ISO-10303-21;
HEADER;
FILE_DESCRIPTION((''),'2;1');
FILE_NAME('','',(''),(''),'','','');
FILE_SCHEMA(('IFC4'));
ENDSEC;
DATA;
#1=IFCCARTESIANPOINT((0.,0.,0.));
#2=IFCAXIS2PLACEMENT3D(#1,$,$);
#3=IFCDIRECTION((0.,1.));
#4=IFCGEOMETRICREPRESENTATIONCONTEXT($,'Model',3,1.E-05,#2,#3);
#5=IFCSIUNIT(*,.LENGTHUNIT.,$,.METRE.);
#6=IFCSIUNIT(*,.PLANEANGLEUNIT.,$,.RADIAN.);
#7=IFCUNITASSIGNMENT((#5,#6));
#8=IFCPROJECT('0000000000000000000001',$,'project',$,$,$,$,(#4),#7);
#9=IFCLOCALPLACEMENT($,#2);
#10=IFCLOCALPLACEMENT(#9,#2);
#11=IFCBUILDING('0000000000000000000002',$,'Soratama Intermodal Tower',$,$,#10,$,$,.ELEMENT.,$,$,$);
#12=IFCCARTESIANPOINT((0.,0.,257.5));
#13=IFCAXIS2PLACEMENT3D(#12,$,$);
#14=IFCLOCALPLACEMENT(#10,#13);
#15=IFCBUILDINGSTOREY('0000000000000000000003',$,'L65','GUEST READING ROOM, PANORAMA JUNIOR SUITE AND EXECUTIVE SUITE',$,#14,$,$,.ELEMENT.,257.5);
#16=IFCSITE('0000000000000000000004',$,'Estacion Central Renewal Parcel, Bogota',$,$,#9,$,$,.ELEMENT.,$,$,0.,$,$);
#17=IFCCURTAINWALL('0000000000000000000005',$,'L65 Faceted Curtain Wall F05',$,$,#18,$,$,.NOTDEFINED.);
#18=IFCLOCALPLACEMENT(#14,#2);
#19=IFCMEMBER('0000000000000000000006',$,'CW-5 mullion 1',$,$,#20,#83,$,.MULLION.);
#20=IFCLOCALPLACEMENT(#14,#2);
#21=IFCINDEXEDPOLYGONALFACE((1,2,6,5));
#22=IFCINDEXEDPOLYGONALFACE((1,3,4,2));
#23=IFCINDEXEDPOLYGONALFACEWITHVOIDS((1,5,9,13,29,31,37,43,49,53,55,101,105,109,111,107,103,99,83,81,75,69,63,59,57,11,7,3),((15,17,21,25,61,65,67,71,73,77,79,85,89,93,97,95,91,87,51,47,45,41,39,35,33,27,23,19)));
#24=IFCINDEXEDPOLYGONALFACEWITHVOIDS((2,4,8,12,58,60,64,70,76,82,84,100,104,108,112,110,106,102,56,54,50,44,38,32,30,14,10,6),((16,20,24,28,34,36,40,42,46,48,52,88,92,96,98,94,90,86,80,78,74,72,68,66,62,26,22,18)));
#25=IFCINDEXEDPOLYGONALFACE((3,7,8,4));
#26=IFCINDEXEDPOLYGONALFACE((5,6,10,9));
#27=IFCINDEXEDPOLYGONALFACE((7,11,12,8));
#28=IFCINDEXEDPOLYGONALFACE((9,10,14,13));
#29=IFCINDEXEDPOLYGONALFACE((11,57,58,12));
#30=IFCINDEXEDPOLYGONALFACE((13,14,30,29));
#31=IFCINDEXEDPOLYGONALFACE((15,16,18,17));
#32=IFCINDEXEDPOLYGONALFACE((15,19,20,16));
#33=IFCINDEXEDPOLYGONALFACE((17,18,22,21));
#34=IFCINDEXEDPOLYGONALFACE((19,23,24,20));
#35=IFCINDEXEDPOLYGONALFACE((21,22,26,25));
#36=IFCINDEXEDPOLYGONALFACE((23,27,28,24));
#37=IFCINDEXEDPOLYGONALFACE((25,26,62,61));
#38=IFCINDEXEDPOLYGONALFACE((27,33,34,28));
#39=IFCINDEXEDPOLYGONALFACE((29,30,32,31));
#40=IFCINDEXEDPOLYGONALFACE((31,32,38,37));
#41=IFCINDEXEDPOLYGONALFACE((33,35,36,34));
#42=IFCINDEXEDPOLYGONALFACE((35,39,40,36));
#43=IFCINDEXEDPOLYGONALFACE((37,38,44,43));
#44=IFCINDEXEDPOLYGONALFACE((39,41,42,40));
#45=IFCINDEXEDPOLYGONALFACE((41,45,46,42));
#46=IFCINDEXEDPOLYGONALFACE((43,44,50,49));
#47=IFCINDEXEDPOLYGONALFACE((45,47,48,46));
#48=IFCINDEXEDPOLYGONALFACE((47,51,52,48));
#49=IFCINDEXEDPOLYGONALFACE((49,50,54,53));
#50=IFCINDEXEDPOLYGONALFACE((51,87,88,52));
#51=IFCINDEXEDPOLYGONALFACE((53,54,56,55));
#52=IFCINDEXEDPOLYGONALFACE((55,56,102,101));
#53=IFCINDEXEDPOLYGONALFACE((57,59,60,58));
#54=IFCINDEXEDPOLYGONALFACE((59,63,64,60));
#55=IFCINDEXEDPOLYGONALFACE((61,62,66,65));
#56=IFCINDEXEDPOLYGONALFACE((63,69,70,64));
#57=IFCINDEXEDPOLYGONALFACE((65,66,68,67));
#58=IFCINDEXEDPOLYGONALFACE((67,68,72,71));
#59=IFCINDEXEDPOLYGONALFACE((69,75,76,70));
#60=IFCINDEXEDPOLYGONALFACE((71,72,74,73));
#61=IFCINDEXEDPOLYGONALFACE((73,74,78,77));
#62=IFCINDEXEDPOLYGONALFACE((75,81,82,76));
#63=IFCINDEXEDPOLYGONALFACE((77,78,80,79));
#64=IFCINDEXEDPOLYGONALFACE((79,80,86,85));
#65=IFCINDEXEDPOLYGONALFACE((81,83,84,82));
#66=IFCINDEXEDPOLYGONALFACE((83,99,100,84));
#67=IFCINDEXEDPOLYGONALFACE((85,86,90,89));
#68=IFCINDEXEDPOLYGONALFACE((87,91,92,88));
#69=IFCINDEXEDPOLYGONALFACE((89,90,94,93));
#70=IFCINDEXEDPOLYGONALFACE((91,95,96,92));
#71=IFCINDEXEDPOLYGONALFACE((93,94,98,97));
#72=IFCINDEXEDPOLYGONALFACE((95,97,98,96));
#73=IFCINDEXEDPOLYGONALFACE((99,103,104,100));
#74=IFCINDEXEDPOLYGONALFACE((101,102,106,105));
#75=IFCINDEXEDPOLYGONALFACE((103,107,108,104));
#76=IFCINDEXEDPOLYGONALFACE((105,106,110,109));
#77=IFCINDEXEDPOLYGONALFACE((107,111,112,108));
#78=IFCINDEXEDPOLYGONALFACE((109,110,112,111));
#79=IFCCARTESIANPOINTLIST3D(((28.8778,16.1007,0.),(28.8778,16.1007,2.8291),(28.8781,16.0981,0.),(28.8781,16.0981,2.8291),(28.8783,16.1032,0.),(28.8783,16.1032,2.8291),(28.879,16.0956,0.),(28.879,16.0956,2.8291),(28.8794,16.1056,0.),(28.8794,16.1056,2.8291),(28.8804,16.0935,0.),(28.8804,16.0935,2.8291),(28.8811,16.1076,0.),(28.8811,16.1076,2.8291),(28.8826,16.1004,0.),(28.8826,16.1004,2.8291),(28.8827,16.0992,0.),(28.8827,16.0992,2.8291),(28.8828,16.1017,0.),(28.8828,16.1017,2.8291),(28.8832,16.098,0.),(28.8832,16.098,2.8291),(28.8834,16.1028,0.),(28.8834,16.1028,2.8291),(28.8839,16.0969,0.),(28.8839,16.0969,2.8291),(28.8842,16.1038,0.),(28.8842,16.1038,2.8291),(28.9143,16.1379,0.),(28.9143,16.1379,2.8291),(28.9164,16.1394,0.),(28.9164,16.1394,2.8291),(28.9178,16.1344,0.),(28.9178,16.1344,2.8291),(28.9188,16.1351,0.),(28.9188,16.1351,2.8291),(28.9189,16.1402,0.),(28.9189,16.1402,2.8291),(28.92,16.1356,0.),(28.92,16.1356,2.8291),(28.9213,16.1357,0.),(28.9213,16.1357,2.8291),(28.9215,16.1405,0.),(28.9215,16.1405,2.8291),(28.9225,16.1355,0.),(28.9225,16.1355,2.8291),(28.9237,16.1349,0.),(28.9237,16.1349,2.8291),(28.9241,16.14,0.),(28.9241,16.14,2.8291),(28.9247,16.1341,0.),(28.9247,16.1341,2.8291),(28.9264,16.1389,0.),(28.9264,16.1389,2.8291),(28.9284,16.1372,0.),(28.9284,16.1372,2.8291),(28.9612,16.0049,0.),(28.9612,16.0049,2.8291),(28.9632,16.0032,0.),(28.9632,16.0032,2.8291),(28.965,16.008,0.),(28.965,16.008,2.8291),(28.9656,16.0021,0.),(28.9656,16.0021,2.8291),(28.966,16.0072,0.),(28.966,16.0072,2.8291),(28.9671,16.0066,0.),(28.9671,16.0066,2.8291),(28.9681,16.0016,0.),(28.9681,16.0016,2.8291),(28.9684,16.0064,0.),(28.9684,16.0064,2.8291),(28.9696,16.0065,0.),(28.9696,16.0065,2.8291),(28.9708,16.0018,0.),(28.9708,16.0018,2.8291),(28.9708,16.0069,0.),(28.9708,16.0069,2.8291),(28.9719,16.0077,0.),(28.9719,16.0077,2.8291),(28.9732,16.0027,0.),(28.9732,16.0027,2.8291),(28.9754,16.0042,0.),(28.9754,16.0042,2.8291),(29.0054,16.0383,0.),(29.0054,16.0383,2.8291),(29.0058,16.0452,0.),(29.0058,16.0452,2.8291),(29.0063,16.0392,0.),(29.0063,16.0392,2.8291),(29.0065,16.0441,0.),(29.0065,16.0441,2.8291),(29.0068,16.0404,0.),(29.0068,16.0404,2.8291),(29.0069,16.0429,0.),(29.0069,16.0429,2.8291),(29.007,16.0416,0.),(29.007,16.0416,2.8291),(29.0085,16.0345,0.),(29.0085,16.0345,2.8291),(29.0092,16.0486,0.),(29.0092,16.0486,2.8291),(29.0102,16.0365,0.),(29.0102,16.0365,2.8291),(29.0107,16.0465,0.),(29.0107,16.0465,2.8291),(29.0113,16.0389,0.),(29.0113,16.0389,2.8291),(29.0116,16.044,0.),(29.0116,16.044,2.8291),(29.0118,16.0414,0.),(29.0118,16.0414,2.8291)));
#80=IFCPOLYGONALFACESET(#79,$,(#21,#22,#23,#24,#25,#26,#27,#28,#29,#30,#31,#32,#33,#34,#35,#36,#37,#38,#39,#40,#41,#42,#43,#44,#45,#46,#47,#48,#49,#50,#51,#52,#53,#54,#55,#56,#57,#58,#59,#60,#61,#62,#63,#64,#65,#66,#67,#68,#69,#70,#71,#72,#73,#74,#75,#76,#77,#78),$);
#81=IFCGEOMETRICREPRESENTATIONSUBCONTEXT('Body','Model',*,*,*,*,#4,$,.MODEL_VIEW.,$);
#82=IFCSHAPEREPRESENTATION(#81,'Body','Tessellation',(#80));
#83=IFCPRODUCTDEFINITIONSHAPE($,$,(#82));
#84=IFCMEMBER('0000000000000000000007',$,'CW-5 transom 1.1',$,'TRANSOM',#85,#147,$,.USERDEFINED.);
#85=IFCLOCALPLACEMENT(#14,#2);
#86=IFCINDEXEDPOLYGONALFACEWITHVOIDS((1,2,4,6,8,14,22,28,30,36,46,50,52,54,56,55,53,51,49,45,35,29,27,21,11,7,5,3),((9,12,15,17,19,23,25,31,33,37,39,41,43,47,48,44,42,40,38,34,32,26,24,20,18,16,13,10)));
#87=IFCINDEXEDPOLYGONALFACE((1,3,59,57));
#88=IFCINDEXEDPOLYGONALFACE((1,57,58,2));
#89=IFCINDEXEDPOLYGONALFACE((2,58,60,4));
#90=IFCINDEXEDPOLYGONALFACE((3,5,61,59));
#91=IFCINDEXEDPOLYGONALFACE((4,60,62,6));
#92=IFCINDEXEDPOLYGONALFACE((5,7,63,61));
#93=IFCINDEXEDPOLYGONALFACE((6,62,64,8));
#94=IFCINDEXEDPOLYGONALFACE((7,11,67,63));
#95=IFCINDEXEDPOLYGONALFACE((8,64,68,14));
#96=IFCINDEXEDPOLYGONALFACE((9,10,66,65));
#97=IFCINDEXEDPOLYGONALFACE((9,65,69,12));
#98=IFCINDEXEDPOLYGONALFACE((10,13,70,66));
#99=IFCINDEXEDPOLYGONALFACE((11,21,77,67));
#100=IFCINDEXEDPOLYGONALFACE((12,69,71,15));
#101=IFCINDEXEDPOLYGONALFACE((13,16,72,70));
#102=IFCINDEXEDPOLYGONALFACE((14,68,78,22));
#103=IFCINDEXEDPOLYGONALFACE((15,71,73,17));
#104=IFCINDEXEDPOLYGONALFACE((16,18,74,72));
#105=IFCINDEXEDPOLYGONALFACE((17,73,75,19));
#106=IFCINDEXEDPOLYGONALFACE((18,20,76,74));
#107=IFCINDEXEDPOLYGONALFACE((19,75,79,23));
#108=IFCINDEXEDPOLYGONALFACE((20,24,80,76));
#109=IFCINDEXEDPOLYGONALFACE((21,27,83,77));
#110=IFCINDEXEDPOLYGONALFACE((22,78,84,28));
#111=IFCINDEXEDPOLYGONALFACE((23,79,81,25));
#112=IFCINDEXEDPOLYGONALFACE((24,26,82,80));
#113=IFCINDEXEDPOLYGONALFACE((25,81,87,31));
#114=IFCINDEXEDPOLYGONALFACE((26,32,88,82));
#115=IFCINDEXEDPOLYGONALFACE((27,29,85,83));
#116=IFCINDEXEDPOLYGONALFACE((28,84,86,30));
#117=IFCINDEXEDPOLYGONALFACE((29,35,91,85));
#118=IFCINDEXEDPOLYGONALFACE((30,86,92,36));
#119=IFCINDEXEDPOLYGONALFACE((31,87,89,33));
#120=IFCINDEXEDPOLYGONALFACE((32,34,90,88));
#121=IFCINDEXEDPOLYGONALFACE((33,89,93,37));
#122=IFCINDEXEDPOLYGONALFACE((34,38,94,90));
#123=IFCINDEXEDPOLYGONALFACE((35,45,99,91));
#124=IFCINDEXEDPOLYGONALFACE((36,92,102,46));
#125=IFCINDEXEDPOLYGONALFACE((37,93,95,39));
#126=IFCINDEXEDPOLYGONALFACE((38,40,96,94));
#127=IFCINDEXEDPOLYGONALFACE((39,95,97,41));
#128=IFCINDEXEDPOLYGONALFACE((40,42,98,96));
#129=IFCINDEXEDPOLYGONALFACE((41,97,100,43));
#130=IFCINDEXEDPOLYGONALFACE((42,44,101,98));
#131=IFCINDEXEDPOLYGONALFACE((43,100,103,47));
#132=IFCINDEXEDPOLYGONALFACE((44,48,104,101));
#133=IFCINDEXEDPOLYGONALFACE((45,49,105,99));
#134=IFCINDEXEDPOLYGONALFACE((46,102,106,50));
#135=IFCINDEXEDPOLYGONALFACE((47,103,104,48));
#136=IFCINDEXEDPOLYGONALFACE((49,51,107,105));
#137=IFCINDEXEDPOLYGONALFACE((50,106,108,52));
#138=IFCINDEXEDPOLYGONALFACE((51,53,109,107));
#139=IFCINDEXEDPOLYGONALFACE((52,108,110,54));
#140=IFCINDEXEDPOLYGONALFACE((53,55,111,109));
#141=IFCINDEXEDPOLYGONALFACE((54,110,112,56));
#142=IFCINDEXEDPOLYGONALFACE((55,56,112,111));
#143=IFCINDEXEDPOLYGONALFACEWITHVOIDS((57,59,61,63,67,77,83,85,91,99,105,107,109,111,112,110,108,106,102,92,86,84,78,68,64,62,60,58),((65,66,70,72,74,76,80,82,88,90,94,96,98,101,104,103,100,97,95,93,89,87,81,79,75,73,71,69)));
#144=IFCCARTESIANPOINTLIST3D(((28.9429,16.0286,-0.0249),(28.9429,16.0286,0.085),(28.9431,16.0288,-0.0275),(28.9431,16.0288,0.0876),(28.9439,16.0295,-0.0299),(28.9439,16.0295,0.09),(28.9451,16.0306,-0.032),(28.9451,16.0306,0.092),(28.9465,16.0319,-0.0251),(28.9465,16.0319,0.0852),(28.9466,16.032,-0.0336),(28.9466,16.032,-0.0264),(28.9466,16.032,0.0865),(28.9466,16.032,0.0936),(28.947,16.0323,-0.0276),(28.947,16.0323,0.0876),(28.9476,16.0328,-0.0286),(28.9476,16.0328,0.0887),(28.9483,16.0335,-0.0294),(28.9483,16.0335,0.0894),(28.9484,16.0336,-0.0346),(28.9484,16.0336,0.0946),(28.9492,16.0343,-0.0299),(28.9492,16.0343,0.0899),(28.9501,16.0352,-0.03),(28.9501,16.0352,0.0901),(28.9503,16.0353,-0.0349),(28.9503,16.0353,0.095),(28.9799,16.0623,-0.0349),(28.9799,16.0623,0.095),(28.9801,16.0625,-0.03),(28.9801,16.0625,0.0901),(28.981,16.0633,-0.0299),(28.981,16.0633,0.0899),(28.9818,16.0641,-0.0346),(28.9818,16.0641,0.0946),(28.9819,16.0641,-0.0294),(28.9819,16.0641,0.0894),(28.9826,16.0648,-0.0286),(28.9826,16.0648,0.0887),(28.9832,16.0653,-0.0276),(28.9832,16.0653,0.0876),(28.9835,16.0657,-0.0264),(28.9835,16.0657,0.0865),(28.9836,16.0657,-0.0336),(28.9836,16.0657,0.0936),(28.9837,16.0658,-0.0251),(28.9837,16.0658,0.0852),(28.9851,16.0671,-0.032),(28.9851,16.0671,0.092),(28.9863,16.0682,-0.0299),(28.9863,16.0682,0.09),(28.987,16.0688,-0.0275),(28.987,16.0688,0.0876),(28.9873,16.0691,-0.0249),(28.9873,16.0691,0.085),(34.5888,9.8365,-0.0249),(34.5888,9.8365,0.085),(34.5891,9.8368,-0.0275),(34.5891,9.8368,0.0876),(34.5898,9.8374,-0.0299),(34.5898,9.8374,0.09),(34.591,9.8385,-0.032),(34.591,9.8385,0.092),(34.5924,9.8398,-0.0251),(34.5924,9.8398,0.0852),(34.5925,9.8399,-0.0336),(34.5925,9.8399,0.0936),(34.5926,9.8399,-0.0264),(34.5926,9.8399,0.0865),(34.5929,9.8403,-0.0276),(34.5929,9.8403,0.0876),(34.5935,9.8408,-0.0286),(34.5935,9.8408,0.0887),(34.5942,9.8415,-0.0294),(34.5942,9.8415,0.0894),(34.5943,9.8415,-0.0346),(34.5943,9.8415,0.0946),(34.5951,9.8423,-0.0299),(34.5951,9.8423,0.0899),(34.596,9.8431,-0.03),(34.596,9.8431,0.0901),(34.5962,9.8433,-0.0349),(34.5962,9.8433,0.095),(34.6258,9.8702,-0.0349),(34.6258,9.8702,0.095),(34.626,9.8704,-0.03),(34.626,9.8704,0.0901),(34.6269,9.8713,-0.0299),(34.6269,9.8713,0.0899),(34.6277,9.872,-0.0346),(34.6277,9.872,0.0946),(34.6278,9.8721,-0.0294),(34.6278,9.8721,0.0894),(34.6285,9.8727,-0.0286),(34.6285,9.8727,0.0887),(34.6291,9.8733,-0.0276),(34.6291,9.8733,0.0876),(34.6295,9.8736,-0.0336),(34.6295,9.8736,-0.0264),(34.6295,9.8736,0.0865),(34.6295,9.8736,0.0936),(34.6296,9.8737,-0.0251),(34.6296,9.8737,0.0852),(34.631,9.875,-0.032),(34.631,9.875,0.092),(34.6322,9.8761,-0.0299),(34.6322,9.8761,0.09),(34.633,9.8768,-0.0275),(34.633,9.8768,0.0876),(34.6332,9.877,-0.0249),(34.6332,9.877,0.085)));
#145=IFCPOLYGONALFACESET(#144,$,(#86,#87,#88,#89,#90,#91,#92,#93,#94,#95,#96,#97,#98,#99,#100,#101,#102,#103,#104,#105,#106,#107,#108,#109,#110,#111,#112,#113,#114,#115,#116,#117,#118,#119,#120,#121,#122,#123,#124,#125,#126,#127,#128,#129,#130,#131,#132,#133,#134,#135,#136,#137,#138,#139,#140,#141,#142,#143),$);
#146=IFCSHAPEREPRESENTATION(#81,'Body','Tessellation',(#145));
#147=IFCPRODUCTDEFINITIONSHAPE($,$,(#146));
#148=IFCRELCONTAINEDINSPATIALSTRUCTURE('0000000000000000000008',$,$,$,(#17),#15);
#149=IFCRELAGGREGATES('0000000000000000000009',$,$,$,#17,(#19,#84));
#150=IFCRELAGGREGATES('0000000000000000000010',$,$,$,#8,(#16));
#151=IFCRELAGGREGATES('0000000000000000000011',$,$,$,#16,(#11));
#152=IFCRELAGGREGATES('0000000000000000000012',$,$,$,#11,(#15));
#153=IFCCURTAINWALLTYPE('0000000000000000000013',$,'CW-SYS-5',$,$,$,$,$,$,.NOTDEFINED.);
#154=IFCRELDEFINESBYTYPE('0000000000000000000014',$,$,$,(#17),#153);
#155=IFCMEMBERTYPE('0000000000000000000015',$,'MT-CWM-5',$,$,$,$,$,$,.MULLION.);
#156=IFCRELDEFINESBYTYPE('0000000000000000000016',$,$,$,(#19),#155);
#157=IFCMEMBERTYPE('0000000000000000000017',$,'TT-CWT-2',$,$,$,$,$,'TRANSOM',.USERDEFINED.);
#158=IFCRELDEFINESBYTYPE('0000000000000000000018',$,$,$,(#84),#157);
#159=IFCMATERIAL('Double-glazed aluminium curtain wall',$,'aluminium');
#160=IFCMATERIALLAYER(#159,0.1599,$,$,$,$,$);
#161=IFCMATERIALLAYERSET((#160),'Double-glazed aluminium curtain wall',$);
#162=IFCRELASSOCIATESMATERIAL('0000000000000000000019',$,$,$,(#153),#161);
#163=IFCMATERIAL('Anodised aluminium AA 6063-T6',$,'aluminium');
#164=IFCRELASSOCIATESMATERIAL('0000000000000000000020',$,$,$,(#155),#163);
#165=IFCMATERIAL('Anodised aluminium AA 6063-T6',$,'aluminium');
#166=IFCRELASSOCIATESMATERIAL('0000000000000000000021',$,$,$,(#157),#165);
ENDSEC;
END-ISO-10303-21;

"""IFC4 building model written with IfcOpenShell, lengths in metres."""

from ifc_helpers import new_model, si_unit, direction, frame, origin, origin_2d, place, context, subcontext, project, spatial, hollow_rectangle, extrude, material, layer, layer_set, material_profile, profile_set, type_object, element, aggregate, save


model = new_model("IFC4")

# Units and contexts
model_context = context("Model", 3, precision=1e-05, world=origin(), true_north=direction((0.0, 1.0)))
body_context = subcontext(model_context, "Body", "Model", "MODEL_VIEW")
ifc_project = project(units=[si_unit("LENGTHUNIT", "METRE"), si_unit("PLANEANGLEUNIT", "RADIAN")], contexts=[model_context])

# Site, building, storey
site_placement = place(None, origin())
site = spatial("IfcSite", under=ifc_project, at=site_placement, Name="Estacion Central Renewal Parcel, Bogota", CompositionType="ELEMENT", RefElevation=0.0)
building_placement = place(site_placement, origin())
building = spatial("IfcBuilding", under=site, at=building_placement, Name="Soratama Intermodal Tower", CompositionType="ELEMENT")
storey_placement = place(building_placement, frame((0.0, 0.0, 257.5)))
storey = spatial("IfcBuildingStorey", under=building, at=storey_placement, Name="L65", Description="GUEST READING ROOM, PANORAMA JUNIOR SUITE AND EXECUTIVE SUITE", CompositionType="ELEMENT", Elevation=257.5)

# Curtain wall, members
ifc_material_1 = material(Name="Double-glazed aluminium curtain wall", Category="aluminium")
ifc_layer_1 = layer(ifc_material_1, 0.1599)
ifc_layer_set_1 = layer_set([ifc_layer_1], Name="Double-glazed aluminium curtain wall")
curtain_wall_type = type_object("IfcCurtainWallType", Name="CW-SYS-5", PredefinedType="NOTDEFINED", material=ifc_layer_set_1)
curtain_wall_placement = place(storey_placement, origin())
curtain_wall = element("IfcCurtainWall", 1, at=curtain_wall_placement, inside=storey, type_object=curtain_wall_type, Name="L65 Faceted Curtain Wall F05", PredefinedType="NOTDEFINED")
ifc_material_2 = material(Name="Anodised aluminium AA 6063-T6", Category="aluminium")
ifc_material_profile_1 = material_profile(ifc_material_2, hollow_rectangle(XDim=0.0649, YDim=0.1399, WallThickness=0.0049, InnerFilletRadius=0.0049, OuterFilletRadius=0.01, at=origin_2d()), Name="CWM140X65X5")
ifc_profile_set_1 = profile_set([ifc_material_profile_1], Name="Anodised aluminium AA 6063-T6")
member_type_1 = type_object("IfcMemberType", Name="MT-CWM-5", PredefinedType="MULLION", material=ifc_profile_set_1)
member_1_placement = place(storey_placement, frame((28.9448, 16.071, 0.0), z_axis=(0.0, 0.0, 1.0), x_axis=(0.738933, 0.673779, 0.0)))
member_1 = element("IfcMember", 2, at=member_1_placement, type_object=member_type_1, Name="CW-5 mullion 1", PredefinedType="MULLION", context=body_context, shape_type="SweptSolid", body=[
    extrude(hollow_rectangle(XDim=0.0649, YDim=0.1399, WallThickness=0.0049, InnerFilletRadius=0.0049, OuterFilletRadius=0.01, at=origin_2d()), origin(), (0.0, 0.0, 1.0), 2.8291),
])
ifc_material_3 = material(Name="Anodised aluminium AA 6063-T6", Category="aluminium")
ifc_material_profile_2 = material_profile(ifc_material_3, hollow_rectangle(XDim=0.0601, YDim=0.1299, WallThickness=0.0049, InnerFilletRadius=0.0049, OuterFilletRadius=0.01, at=origin_2d()), Name="CWT130X60X5")
ifc_profile_set_2 = profile_set([ifc_material_profile_2], Name="Anodised aluminium AA 6063-T6")
member_type_2 = type_object("IfcMemberType", Name="TT-CWT-2", ElementType="TRANSOM", PredefinedType="USERDEFINED", material=ifc_profile_set_2)
member_2_placement = place(storey_placement, frame((28.9651, 16.0488, 0.03), z_axis=(0.673768, -0.738943, 0.0), x_axis=(0.738943, 0.673768, 0.0)))
member_2 = element("IfcMember", 3, at=member_2_placement, type_object=member_type_2, Name="CW-5 transom 1.1", ObjectType="TRANSOM", PredefinedType="USERDEFINED", context=body_context, shape_type="SweptSolid", body=[
    extrude(hollow_rectangle(XDim=0.0601, YDim=0.1299, WallThickness=0.0049, InnerFilletRadius=0.0049, OuterFilletRadius=0.01, at=origin_2d()), origin(), (0.0, 0.0, 1.0), 8.3796),
])
aggregate(curtain_wall, [member_1, member_2])

save(model, "model.ifc")
